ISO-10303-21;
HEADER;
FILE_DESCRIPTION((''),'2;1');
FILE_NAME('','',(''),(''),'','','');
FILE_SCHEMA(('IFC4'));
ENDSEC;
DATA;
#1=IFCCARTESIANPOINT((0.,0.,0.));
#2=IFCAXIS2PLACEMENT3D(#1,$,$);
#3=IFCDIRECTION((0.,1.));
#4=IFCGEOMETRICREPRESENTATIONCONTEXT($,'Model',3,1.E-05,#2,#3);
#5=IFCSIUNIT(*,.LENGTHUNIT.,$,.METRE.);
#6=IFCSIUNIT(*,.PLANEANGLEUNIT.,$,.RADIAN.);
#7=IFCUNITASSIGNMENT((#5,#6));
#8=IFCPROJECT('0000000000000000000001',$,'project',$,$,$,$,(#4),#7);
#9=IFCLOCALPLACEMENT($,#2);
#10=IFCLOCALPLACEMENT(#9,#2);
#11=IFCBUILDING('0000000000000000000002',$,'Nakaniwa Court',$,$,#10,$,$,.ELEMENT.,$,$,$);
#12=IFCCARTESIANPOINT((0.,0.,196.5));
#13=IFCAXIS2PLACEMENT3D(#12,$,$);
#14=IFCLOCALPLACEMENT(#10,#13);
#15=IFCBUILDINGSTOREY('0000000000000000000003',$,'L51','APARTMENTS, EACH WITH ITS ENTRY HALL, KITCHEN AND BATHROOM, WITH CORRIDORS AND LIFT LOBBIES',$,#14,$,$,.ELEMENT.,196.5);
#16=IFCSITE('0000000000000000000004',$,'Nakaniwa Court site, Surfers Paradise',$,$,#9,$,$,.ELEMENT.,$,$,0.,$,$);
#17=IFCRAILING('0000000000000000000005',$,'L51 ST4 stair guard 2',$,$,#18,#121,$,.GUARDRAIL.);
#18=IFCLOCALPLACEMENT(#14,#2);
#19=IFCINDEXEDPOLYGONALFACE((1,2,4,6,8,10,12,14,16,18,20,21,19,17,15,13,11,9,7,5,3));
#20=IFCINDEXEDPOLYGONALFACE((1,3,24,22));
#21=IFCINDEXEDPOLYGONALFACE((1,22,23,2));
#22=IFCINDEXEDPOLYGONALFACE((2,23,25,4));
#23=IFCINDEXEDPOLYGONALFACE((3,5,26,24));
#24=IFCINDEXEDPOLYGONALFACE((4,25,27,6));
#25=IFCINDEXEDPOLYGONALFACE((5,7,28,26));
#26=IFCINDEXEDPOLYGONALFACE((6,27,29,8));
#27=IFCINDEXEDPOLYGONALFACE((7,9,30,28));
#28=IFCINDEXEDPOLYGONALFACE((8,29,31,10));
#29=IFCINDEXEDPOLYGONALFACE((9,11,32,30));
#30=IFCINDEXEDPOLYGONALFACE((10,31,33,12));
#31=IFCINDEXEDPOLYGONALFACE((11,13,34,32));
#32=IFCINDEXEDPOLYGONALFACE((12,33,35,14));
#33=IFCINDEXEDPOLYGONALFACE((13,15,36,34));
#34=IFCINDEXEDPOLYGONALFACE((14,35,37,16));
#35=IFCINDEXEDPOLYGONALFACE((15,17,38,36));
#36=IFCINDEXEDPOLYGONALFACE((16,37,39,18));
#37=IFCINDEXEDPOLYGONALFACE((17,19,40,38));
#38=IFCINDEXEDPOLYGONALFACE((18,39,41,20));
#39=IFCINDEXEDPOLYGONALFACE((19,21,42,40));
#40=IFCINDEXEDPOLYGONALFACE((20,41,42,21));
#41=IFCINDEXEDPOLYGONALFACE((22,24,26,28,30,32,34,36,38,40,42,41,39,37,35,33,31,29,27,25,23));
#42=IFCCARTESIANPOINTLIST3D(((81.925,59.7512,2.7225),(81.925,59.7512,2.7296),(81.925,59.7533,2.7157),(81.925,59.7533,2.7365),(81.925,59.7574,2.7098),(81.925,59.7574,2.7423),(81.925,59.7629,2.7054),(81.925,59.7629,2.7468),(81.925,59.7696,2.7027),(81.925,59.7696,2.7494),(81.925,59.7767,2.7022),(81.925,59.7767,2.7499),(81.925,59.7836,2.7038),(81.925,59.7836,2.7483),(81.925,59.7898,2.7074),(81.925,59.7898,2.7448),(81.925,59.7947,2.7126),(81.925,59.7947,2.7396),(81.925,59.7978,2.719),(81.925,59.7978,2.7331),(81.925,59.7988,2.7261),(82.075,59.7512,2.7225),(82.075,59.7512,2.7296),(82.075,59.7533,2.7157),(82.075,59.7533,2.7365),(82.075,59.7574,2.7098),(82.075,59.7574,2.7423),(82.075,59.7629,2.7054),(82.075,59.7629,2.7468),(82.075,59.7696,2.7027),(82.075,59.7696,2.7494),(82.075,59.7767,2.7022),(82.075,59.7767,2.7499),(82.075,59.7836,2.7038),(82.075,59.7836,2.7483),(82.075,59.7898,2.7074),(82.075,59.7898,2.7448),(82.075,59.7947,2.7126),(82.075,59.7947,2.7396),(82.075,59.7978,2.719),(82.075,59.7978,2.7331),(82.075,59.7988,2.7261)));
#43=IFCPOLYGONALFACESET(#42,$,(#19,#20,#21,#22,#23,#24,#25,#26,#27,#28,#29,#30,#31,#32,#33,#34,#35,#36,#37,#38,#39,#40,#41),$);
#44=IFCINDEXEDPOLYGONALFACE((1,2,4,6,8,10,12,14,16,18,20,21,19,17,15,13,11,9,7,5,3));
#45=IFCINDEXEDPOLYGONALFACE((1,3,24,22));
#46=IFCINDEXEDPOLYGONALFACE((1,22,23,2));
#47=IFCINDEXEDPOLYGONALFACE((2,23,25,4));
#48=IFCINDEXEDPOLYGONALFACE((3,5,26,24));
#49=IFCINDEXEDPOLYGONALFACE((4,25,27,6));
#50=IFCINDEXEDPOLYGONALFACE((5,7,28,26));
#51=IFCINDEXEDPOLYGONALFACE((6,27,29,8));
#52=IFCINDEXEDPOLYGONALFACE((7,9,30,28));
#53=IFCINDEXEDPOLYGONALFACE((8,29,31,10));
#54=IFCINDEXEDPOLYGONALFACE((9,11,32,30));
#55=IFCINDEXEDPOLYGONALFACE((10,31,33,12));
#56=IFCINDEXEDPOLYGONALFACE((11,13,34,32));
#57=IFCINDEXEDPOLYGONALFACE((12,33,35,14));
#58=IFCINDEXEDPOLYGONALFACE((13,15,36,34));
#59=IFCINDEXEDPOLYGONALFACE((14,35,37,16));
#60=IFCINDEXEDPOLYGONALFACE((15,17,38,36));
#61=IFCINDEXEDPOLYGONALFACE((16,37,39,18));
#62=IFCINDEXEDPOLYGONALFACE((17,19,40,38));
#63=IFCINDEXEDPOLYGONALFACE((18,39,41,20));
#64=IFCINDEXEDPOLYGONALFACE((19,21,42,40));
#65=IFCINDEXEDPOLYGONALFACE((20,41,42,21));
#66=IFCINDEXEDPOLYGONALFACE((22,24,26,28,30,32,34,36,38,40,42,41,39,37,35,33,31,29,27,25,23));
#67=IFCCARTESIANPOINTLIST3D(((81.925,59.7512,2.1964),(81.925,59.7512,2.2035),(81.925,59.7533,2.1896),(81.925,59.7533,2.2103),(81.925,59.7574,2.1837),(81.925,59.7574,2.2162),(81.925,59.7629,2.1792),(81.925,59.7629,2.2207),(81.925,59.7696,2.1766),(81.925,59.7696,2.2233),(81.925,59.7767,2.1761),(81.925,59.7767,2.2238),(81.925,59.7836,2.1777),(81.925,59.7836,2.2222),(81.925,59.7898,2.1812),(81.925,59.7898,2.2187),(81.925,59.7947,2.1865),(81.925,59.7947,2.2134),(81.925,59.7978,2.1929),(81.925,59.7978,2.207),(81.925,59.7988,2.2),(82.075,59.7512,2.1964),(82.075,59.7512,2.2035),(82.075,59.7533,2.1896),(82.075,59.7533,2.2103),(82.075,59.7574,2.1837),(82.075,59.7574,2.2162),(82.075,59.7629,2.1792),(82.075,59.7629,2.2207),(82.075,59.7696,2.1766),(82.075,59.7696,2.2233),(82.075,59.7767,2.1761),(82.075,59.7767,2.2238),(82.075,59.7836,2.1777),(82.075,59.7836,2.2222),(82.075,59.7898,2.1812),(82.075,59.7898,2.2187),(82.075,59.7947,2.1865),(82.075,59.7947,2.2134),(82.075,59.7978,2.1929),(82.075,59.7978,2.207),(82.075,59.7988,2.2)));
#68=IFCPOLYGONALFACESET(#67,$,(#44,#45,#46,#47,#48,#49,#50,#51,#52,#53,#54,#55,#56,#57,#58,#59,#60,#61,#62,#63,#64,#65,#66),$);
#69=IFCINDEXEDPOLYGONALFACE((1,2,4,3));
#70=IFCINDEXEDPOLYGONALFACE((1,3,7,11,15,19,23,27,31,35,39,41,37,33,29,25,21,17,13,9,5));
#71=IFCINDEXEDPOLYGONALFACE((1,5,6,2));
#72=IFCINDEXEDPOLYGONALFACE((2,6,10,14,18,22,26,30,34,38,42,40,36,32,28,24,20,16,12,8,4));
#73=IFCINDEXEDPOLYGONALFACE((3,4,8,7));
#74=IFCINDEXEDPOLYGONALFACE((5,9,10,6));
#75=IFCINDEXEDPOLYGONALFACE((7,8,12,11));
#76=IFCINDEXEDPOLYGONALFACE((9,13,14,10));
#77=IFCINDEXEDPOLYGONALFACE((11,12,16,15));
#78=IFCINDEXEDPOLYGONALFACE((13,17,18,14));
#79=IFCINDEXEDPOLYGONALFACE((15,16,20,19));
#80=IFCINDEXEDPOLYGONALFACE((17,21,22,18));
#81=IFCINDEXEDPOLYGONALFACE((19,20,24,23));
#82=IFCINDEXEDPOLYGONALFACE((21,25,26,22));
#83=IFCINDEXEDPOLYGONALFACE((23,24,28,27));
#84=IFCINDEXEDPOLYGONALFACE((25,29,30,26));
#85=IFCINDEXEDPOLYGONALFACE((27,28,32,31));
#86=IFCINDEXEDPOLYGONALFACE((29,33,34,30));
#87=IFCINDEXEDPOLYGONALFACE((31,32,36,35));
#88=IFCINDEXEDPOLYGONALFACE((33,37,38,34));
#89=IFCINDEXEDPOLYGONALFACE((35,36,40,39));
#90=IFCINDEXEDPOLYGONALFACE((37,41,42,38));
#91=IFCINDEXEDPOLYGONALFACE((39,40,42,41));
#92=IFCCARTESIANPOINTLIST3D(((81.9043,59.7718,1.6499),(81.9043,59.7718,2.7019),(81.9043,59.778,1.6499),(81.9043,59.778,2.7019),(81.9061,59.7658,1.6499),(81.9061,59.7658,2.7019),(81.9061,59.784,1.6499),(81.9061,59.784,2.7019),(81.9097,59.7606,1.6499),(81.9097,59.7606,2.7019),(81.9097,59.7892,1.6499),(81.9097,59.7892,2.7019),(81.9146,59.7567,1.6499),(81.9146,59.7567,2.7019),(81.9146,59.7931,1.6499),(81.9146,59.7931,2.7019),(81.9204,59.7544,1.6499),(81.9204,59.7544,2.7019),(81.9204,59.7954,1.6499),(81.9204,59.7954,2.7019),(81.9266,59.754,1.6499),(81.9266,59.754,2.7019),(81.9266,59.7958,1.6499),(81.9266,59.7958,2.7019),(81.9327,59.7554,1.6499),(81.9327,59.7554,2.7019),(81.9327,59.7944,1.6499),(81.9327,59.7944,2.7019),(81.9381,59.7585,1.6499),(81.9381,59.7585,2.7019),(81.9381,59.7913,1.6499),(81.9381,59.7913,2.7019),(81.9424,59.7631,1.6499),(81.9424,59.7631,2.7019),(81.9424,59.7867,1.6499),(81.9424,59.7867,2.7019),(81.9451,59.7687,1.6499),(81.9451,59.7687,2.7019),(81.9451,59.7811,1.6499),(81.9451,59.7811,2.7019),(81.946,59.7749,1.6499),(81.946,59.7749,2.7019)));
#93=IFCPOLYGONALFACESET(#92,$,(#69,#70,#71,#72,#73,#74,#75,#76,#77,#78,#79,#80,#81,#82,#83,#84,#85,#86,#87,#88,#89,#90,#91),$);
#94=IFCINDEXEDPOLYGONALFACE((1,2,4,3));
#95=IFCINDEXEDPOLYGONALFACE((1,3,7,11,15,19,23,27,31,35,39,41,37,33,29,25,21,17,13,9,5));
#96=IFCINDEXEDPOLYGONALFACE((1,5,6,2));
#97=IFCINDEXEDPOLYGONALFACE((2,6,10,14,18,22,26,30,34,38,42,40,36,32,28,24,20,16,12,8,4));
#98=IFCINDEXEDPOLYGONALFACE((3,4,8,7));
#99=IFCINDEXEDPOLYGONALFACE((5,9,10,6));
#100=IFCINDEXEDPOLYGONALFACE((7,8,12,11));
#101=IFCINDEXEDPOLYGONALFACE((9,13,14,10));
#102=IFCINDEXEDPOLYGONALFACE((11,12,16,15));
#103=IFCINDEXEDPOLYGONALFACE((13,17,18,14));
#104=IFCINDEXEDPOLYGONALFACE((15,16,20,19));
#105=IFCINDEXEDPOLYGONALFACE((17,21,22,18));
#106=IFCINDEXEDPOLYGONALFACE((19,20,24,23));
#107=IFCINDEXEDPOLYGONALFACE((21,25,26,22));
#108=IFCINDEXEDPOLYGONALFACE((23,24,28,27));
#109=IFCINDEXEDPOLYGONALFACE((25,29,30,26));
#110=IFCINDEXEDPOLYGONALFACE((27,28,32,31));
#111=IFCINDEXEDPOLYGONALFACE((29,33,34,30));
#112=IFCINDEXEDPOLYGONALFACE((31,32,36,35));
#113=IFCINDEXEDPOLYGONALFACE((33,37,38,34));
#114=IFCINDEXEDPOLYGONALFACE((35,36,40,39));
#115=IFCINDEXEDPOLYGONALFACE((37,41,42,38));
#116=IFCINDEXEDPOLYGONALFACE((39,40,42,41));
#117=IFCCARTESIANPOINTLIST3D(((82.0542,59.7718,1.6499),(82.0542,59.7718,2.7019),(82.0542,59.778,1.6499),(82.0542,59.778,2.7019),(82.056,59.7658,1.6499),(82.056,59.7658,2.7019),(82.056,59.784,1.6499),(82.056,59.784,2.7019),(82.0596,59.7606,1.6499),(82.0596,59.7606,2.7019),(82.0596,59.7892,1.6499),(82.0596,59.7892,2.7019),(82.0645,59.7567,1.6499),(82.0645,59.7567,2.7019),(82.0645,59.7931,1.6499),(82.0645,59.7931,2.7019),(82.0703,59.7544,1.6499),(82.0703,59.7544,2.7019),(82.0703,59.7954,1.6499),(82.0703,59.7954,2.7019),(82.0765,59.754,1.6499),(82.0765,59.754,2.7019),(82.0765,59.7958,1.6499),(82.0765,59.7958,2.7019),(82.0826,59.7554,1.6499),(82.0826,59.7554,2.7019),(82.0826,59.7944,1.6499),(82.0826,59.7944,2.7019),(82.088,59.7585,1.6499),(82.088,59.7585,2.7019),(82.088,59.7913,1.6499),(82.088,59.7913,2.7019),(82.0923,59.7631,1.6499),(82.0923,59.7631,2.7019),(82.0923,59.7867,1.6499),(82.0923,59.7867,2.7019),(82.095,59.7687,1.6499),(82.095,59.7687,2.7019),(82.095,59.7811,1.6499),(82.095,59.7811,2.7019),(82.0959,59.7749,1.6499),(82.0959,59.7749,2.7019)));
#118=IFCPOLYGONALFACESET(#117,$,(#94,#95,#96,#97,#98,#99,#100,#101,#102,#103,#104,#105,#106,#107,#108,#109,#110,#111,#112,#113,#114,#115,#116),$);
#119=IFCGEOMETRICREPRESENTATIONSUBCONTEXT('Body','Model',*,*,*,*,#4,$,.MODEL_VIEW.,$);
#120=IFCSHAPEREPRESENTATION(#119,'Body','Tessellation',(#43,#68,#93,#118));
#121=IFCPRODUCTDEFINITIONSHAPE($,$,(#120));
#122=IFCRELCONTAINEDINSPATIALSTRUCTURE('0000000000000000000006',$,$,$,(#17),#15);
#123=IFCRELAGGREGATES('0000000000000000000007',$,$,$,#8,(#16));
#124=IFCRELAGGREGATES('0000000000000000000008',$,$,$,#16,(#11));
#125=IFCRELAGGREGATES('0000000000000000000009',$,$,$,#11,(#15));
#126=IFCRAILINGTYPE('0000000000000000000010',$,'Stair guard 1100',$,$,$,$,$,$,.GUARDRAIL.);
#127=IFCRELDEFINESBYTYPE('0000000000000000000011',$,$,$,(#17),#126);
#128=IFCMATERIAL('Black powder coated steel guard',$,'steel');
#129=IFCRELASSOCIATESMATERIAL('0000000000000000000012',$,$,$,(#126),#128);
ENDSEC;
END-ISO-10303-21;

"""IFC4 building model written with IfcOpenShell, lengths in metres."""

from ifc_helpers import new_model, si_unit, direction, frame, origin, origin_2d, place, context, subcontext, project, spatial, circle, extrude, material, type_object, element, save


model = new_model("IFC4")

# Units and contexts
model_context = context("Model", 3, precision=1e-05, world=origin(), true_north=direction((0.0, 1.0)))
body_context = subcontext(model_context, "Body", "Model", "MODEL_VIEW")
ifc_project = project(units=[si_unit("LENGTHUNIT", "METRE"), si_unit("PLANEANGLEUNIT", "RADIAN")], contexts=[model_context])

# Site, building, storey
site_placement = place(None, origin())
site = spatial("IfcSite", under=ifc_project, at=site_placement, Name="Nakaniwa Court site, Surfers Paradise", CompositionType="ELEMENT", RefElevation=0.0)
building_placement = place(site_placement, origin())
building = spatial("IfcBuilding", under=site, at=building_placement, Name="Nakaniwa Court", CompositionType="ELEMENT")
storey_placement = place(building_placement, frame((0.0, 0.0, 196.5)))
storey = spatial("IfcBuildingStorey", under=building, at=storey_placement, Name="L51", Description="APARTMENTS, EACH WITH ITS ENTRY HALL, KITCHEN AND BATHROOM, WITH CORRIDORS AND LIFT LOBBIES", CompositionType="ELEMENT", Elevation=196.5)

# Railing
ifc_material_1 = material(Name="Black powder coated steel guard", Category="steel")
railing_type_1 = type_object("IfcRailingType", Name="Stair guard 1100", PredefinedType="GUARDRAIL", material=ifc_material_1)
railing_1_placement = place(storey_placement, frame((81.925, 59.7749, 1.6499)))
element("IfcRailing", 1, at=railing_1_placement, inside=storey, type_object=railing_type_1, Name="L51 ST4 stair guard 2", PredefinedType="GUARDRAIL", context=body_context, shape_type="SweptSolid", body=[
    extrude(circle(Radius=0.0239, at=origin_2d()), frame((0.0, 0.0, 1.0762), z_axis=(1.0, 0.0, 0.0), x_axis=(0.0, 1.0, 0.0)), (0.0, 0.0, 1.0), 0.1499),
    extrude(circle(Radius=0.0239, at=origin_2d()), frame((0.0, 0.0, 0.55), z_axis=(1.0, 0.0, 0.0), x_axis=(0.0, 1.0, 0.0)), (0.0, 0.0, 1.0), 0.1499),
    extrude(circle(Radius=0.021, at=origin_2d()), origin(), (0.0, 0.0, 1.0), 1.052),
    extrude(circle(Radius=0.021, at=origin_2d()), frame((0.1499, 0.0, 0.0)), (0.0, 0.0, 1.0), 1.052),
])

save(model, "model.ifc")
